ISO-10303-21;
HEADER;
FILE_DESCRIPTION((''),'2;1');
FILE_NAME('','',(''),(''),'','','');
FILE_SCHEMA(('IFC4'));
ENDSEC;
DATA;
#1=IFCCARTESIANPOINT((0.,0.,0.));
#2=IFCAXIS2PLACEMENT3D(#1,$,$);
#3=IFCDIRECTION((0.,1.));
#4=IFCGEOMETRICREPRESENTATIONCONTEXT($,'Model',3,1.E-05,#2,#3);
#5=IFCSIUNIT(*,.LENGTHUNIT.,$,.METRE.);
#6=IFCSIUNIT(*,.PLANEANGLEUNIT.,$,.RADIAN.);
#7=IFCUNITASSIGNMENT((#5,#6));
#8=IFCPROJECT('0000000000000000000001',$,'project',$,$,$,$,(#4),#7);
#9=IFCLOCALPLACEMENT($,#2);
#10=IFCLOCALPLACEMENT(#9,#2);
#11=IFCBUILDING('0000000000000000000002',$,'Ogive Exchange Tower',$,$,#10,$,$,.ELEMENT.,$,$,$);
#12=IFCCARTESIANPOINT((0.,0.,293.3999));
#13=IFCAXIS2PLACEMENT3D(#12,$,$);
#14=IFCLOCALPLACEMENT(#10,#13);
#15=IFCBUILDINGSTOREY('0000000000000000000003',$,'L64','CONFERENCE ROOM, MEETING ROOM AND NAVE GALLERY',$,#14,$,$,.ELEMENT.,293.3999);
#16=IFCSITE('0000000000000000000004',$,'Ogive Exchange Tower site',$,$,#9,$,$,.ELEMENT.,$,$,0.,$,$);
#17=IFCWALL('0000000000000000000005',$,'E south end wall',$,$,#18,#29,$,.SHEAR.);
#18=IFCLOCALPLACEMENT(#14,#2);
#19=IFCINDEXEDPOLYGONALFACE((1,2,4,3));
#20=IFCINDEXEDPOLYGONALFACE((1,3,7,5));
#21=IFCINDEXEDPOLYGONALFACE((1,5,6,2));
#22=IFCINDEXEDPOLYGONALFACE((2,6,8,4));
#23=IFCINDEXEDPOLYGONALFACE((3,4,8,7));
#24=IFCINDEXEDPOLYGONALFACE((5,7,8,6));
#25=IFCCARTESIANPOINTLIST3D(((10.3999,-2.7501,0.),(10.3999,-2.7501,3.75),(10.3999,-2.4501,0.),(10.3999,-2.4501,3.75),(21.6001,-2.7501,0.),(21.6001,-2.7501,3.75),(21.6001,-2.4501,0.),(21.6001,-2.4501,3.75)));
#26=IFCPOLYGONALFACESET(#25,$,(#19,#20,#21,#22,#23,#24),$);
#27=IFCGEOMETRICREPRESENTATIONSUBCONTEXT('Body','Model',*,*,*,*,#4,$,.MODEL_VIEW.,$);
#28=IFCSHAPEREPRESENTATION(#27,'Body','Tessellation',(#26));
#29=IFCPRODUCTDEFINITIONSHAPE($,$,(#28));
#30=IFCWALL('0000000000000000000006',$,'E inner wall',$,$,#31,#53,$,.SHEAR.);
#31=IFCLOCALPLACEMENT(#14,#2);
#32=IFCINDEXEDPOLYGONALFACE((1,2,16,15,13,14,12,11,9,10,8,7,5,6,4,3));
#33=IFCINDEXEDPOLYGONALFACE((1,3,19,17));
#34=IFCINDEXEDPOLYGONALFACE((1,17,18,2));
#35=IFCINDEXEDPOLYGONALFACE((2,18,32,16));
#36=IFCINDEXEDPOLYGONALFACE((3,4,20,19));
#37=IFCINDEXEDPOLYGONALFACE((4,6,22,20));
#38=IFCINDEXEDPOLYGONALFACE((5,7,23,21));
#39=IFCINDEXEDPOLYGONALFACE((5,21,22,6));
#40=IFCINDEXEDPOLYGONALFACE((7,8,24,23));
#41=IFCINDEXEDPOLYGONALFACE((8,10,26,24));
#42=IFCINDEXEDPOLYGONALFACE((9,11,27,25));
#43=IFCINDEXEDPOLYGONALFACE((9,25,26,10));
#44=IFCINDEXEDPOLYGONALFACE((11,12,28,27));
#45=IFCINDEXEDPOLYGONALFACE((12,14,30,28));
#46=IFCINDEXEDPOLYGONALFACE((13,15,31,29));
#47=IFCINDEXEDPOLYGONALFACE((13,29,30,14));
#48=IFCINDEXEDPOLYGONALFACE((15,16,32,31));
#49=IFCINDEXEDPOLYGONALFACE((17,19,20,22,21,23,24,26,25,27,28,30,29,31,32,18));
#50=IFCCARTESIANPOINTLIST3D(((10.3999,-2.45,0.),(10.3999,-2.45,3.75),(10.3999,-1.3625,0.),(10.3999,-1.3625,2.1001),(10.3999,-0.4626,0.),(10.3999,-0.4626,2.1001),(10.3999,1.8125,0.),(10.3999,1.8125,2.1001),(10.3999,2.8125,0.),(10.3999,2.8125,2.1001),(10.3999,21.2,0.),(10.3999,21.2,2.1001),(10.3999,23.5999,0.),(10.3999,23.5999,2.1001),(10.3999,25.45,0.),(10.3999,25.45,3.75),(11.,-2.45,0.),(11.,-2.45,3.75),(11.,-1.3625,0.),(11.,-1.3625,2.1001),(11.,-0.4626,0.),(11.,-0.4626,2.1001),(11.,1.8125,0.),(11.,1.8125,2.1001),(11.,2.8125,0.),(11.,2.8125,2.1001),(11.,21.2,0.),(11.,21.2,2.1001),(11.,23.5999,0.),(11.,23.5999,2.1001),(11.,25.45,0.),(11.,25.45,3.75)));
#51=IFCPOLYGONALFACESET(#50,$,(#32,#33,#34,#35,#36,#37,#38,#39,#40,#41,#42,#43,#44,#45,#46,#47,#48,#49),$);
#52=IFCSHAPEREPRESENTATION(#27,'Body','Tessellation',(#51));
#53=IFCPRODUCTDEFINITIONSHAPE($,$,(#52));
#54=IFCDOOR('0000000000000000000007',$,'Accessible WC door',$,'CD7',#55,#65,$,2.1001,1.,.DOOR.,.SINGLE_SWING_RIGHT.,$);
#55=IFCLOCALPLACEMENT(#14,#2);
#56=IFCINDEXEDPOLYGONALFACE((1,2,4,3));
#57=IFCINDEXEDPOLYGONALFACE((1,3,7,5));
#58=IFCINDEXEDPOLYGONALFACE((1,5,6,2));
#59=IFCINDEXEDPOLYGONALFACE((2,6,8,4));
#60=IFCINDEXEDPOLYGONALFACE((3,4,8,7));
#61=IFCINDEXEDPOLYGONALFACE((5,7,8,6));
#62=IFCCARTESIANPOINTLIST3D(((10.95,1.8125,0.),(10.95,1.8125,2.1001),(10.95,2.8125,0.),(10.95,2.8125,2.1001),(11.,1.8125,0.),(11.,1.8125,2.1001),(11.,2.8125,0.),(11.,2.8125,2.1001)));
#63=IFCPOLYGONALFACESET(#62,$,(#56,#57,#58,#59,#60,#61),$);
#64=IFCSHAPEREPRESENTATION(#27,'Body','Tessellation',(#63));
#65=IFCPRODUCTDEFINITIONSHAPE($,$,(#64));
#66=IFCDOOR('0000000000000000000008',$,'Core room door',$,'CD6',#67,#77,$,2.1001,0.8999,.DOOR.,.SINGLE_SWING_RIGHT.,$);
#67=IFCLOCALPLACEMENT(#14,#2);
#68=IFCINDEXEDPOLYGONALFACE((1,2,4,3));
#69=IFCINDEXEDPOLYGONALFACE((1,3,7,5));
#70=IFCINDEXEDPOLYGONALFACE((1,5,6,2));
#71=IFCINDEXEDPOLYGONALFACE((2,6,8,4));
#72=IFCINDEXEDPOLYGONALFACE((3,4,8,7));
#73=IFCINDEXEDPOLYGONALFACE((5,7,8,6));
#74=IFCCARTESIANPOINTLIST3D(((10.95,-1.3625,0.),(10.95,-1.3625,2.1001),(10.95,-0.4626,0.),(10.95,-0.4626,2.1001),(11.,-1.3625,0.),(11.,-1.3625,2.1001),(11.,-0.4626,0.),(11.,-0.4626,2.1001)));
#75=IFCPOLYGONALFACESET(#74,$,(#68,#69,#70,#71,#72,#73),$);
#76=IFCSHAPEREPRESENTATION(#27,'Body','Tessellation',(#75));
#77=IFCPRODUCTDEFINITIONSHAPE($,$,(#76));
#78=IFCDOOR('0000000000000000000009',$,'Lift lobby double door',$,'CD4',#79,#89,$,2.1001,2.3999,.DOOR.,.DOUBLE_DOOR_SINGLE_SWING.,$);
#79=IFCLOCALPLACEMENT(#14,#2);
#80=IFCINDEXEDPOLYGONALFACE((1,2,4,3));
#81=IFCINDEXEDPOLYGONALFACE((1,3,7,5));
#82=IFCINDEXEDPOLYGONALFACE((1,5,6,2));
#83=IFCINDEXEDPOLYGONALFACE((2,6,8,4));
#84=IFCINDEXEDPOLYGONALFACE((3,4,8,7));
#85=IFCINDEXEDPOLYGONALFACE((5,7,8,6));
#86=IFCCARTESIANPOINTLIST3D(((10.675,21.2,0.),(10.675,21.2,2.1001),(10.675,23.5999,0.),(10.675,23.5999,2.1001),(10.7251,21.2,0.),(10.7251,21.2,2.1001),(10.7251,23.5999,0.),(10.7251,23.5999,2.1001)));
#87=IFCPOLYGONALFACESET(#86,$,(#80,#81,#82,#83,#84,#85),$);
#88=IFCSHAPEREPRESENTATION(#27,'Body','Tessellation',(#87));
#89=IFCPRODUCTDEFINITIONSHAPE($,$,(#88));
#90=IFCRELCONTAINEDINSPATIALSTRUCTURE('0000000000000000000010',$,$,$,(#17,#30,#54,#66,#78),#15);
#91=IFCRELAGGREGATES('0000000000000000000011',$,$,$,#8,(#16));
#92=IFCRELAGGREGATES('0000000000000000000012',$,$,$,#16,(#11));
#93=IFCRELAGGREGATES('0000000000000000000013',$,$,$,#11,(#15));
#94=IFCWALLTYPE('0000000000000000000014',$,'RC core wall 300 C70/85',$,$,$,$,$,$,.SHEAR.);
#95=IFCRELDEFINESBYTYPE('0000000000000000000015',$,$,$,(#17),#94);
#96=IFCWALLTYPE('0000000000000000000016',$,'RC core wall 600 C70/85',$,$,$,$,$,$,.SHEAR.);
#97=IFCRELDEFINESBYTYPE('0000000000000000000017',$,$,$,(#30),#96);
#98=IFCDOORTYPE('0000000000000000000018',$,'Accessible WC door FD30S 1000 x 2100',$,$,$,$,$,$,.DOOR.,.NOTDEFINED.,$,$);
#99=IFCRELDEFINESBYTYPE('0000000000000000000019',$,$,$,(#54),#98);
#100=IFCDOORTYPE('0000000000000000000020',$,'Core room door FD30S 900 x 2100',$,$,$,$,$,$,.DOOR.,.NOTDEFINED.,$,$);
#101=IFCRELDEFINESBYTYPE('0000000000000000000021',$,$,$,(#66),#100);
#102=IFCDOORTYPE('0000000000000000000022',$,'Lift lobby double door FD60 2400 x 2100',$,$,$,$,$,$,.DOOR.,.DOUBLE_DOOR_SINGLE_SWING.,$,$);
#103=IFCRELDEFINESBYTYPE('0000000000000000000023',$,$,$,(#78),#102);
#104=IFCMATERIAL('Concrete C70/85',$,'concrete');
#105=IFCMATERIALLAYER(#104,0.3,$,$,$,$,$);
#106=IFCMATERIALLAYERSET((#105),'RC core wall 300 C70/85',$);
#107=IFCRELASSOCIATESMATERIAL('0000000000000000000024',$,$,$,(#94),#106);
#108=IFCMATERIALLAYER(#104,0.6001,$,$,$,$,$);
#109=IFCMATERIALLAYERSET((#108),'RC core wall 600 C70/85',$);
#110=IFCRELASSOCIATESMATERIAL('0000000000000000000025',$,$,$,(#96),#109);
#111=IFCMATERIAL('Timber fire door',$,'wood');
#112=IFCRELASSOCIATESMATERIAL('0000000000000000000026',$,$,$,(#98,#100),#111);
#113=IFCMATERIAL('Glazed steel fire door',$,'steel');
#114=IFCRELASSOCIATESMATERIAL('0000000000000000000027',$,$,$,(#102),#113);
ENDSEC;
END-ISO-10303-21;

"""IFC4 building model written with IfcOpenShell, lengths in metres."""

from ifc_helpers import new_model, si_unit, direction, frame, frame_2d, origin, place, context, subcontext, project, spatial, rectangle, extrude, material, layer, layer_set, type_object, element, fill, save


model = new_model("IFC4")

# Units and contexts
model_context = context("Model", 3, precision=1e-05, world=origin(), true_north=direction((0.0, 1.0)))
body_context = subcontext(model_context, "Body", "Model", "MODEL_VIEW")
ifc_project = project(units=[si_unit("LENGTHUNIT", "METRE"), si_unit("PLANEANGLEUNIT", "RADIAN")], contexts=[model_context])

# Site, building, storey
site_placement = place(None, origin())
site = spatial("IfcSite", under=ifc_project, at=site_placement, Name="Ogive Exchange Tower site", CompositionType="ELEMENT", RefElevation=0.0)
building_placement = place(site_placement, origin())
building = spatial("IfcBuilding", under=site, at=building_placement, Name="Ogive Exchange Tower", CompositionType="ELEMENT")
storey_placement = place(building_placement, frame((0.0, 0.0, 293.3999)))
storey = spatial("IfcBuildingStorey", under=building, at=storey_placement, Name="L64", Description="CONFERENCE ROOM, MEETING ROOM AND NAVE GALLERY", CompositionType="ELEMENT", Elevation=293.3999)

# Wall
ifc_material_1 = material(Name="Concrete C70/85", Category="concrete")
ifc_layer_1 = layer(ifc_material_1, 0.3)
ifc_layer_set_1 = layer_set([ifc_layer_1], Name="RC core wall 300 C70/85")
wall_type_1 = type_object("IfcWallType", Name="RC core wall 300 C70/85", PredefinedType="SHEAR", material=ifc_layer_set_1)
wall_1_placement = place(storey_placement, frame((10.3999, -2.6001, 0.0), z_axis=(0.0, 0.0, 1.0), x_axis=(1.0, 0.0, 0.0)))
element("IfcWall", 1, at=wall_1_placement, inside=storey, type_object=wall_type_1, Name="E south end wall", PredefinedType="SHEAR", context=body_context, shape_type="SweptSolid", body=[
    extrude(rectangle(XDim=11.2002, YDim=0.3, at=frame_2d((5.6001, 0.0))), origin(), (0.0, 0.0, 1.0), 3.75),
])

# Wall, openings, doors
ifc_layer_2 = layer(ifc_material_1, 0.6001)
ifc_layer_set_2 = layer_set([ifc_layer_2], Name="RC core wall 600 C70/85")
wall_type_2 = type_object("IfcWallType", Name="RC core wall 600 C70/85", PredefinedType="SHEAR", material=ifc_layer_set_2)
wall_2_placement = place(storey_placement, frame((10.7, -2.45, 0.0), z_axis=(0.0, 0.0, 1.0), x_axis=(0.0, 1.0, 0.0)))
wall_2 = element("IfcWall", 2, at=wall_2_placement, inside=storey, type_object=wall_type_2, Name="E inner wall", PredefinedType="SHEAR", context=body_context, shape_type="SweptSolid", body=[
    extrude(rectangle(XDim=27.8999, YDim=0.6001, at=frame_2d((13.95, 0.0))), origin(), (0.0, 0.0, 1.0), 3.75),
])
opening_1_placement = place(wall_2_placement, frame((23.6499, 0.0, 0.0)))
opening_1 = element("IfcOpeningElement", 3, at=opening_1_placement, cuts=wall_2, PredefinedType="OPENING", context=body_context, shape_type="SweptSolid", body=[
    extrude(rectangle(XDim=2.3999, YDim=2.1001, at=frame_2d((1.2, 1.05))), frame((0.0, 0.3101, 0.0), z_axis=(0.0, -1.0, 0.0), x_axis=(1.0, 0.0, 0.0)), (0.0, 0.0, 1.0), 0.6201),
])
opening_2_placement = place(wall_2_placement, frame((1.0874, 0.0, 0.0)))
opening_2 = element("IfcOpeningElement", 4, at=opening_2_placement, cuts=wall_2, PredefinedType="OPENING", context=body_context, shape_type="SweptSolid", body=[
    extrude(rectangle(XDim=0.8999, YDim=2.1001, at=frame_2d((0.45, 1.05))), frame((0.0, 0.3101, 0.0), z_axis=(0.0, -1.0, 0.0), x_axis=(1.0, 0.0, 0.0)), (0.0, 0.0, 1.0), 0.6201),
])
opening_3_placement = place(wall_2_placement, frame((4.2625, 0.0, 0.0)))
opening_3 = element("IfcOpeningElement", 5, at=opening_3_placement, cuts=wall_2, PredefinedType="OPENING", context=body_context, shape_type="SweptSolid", body=[
    extrude(rectangle(XDim=1.0, YDim=2.1001, at=frame_2d((0.5, 1.05))), frame((0.0, 0.3101, 0.0), z_axis=(0.0, -1.0, 0.0), x_axis=(1.0, 0.0, 0.0)), (0.0, 0.0, 1.0), 0.6201),
])
ifc_material_2 = material(Name="Timber fire door", Category="wood")
door_type_1 = type_object("IfcDoorType", Name="Accessible WC door FD30S 1000 x 2100", OperationType="NOTDEFINED", PredefinedType="DOOR", material=ifc_material_2)
door_1_placement = place(opening_3_placement, origin())
door_1 = element("IfcDoor", 6, at=door_1_placement, inside=storey, type_object=door_type_1, Name="Accessible WC door", ObjectType="CD7", OperationType="SINGLE_SWING_RIGHT", OverallHeight=2.1001, OverallWidth=1.0, PredefinedType="DOOR", context=body_context, shape_type="SweptSolid", body=[
    extrude(rectangle(XDim=1.0, YDim=2.1001, at=frame_2d((0.5, 1.05))), frame((0.0, -0.25, 0.0), z_axis=(0.0, -1.0, 0.0), x_axis=(1.0, 0.0, 0.0)), (0.0, 0.0, 1.0), 0.05),
])
fill(opening_3, door_1)
door_type_2 = type_object("IfcDoorType", Name="Core room door FD30S 900 x 2100", OperationType="NOTDEFINED", PredefinedType="DOOR", material=ifc_material_2)
door_2_placement = place(opening_2_placement, origin())
door_2 = element("IfcDoor", 7, at=door_2_placement, inside=storey, type_object=door_type_2, Name="Core room door", ObjectType="CD6", OperationType="SINGLE_SWING_RIGHT", OverallHeight=2.1001, OverallWidth=0.8999, PredefinedType="DOOR", context=body_context, shape_type="SweptSolid", body=[
    extrude(rectangle(XDim=0.8999, YDim=2.1001, at=frame_2d((0.45, 1.05))), frame((0.0, -0.25, 0.0), z_axis=(0.0, -1.0, 0.0), x_axis=(1.0, 0.0, 0.0)), (0.0, 0.0, 1.0), 0.05),
])
fill(opening_2, door_2)
ifc_material_3 = material(Name="Glazed steel fire door", Category="steel")
door_type_3 = type_object("IfcDoorType", Name="Lift lobby double door FD60 2400 x 2100", OperationType="DOUBLE_DOOR_SINGLE_SWING", PredefinedType="DOOR", material=ifc_material_3)
door_3_placement = place(opening_1_placement, origin())
door_3 = element("IfcDoor", 8, at=door_3_placement, inside=storey, type_object=door_type_3, Name="Lift lobby double door", ObjectType="CD4", OperationType="DOUBLE_DOOR_SINGLE_SWING", OverallHeight=2.1001, OverallWidth=2.3999, PredefinedType="DOOR", context=body_context, shape_type="SweptSolid", body=[
    extrude(rectangle(XDim=2.3999, YDim=2.1001, at=frame_2d((1.2, 1.05))), frame((0.0, 0.0249, 0.0), z_axis=(0.0, -1.0, 0.0), x_axis=(1.0, 0.0, 0.0)), (0.0, 0.0, 1.0), 0.05),
])
fill(opening_1, door_3)

save(model, "model.ifc")
